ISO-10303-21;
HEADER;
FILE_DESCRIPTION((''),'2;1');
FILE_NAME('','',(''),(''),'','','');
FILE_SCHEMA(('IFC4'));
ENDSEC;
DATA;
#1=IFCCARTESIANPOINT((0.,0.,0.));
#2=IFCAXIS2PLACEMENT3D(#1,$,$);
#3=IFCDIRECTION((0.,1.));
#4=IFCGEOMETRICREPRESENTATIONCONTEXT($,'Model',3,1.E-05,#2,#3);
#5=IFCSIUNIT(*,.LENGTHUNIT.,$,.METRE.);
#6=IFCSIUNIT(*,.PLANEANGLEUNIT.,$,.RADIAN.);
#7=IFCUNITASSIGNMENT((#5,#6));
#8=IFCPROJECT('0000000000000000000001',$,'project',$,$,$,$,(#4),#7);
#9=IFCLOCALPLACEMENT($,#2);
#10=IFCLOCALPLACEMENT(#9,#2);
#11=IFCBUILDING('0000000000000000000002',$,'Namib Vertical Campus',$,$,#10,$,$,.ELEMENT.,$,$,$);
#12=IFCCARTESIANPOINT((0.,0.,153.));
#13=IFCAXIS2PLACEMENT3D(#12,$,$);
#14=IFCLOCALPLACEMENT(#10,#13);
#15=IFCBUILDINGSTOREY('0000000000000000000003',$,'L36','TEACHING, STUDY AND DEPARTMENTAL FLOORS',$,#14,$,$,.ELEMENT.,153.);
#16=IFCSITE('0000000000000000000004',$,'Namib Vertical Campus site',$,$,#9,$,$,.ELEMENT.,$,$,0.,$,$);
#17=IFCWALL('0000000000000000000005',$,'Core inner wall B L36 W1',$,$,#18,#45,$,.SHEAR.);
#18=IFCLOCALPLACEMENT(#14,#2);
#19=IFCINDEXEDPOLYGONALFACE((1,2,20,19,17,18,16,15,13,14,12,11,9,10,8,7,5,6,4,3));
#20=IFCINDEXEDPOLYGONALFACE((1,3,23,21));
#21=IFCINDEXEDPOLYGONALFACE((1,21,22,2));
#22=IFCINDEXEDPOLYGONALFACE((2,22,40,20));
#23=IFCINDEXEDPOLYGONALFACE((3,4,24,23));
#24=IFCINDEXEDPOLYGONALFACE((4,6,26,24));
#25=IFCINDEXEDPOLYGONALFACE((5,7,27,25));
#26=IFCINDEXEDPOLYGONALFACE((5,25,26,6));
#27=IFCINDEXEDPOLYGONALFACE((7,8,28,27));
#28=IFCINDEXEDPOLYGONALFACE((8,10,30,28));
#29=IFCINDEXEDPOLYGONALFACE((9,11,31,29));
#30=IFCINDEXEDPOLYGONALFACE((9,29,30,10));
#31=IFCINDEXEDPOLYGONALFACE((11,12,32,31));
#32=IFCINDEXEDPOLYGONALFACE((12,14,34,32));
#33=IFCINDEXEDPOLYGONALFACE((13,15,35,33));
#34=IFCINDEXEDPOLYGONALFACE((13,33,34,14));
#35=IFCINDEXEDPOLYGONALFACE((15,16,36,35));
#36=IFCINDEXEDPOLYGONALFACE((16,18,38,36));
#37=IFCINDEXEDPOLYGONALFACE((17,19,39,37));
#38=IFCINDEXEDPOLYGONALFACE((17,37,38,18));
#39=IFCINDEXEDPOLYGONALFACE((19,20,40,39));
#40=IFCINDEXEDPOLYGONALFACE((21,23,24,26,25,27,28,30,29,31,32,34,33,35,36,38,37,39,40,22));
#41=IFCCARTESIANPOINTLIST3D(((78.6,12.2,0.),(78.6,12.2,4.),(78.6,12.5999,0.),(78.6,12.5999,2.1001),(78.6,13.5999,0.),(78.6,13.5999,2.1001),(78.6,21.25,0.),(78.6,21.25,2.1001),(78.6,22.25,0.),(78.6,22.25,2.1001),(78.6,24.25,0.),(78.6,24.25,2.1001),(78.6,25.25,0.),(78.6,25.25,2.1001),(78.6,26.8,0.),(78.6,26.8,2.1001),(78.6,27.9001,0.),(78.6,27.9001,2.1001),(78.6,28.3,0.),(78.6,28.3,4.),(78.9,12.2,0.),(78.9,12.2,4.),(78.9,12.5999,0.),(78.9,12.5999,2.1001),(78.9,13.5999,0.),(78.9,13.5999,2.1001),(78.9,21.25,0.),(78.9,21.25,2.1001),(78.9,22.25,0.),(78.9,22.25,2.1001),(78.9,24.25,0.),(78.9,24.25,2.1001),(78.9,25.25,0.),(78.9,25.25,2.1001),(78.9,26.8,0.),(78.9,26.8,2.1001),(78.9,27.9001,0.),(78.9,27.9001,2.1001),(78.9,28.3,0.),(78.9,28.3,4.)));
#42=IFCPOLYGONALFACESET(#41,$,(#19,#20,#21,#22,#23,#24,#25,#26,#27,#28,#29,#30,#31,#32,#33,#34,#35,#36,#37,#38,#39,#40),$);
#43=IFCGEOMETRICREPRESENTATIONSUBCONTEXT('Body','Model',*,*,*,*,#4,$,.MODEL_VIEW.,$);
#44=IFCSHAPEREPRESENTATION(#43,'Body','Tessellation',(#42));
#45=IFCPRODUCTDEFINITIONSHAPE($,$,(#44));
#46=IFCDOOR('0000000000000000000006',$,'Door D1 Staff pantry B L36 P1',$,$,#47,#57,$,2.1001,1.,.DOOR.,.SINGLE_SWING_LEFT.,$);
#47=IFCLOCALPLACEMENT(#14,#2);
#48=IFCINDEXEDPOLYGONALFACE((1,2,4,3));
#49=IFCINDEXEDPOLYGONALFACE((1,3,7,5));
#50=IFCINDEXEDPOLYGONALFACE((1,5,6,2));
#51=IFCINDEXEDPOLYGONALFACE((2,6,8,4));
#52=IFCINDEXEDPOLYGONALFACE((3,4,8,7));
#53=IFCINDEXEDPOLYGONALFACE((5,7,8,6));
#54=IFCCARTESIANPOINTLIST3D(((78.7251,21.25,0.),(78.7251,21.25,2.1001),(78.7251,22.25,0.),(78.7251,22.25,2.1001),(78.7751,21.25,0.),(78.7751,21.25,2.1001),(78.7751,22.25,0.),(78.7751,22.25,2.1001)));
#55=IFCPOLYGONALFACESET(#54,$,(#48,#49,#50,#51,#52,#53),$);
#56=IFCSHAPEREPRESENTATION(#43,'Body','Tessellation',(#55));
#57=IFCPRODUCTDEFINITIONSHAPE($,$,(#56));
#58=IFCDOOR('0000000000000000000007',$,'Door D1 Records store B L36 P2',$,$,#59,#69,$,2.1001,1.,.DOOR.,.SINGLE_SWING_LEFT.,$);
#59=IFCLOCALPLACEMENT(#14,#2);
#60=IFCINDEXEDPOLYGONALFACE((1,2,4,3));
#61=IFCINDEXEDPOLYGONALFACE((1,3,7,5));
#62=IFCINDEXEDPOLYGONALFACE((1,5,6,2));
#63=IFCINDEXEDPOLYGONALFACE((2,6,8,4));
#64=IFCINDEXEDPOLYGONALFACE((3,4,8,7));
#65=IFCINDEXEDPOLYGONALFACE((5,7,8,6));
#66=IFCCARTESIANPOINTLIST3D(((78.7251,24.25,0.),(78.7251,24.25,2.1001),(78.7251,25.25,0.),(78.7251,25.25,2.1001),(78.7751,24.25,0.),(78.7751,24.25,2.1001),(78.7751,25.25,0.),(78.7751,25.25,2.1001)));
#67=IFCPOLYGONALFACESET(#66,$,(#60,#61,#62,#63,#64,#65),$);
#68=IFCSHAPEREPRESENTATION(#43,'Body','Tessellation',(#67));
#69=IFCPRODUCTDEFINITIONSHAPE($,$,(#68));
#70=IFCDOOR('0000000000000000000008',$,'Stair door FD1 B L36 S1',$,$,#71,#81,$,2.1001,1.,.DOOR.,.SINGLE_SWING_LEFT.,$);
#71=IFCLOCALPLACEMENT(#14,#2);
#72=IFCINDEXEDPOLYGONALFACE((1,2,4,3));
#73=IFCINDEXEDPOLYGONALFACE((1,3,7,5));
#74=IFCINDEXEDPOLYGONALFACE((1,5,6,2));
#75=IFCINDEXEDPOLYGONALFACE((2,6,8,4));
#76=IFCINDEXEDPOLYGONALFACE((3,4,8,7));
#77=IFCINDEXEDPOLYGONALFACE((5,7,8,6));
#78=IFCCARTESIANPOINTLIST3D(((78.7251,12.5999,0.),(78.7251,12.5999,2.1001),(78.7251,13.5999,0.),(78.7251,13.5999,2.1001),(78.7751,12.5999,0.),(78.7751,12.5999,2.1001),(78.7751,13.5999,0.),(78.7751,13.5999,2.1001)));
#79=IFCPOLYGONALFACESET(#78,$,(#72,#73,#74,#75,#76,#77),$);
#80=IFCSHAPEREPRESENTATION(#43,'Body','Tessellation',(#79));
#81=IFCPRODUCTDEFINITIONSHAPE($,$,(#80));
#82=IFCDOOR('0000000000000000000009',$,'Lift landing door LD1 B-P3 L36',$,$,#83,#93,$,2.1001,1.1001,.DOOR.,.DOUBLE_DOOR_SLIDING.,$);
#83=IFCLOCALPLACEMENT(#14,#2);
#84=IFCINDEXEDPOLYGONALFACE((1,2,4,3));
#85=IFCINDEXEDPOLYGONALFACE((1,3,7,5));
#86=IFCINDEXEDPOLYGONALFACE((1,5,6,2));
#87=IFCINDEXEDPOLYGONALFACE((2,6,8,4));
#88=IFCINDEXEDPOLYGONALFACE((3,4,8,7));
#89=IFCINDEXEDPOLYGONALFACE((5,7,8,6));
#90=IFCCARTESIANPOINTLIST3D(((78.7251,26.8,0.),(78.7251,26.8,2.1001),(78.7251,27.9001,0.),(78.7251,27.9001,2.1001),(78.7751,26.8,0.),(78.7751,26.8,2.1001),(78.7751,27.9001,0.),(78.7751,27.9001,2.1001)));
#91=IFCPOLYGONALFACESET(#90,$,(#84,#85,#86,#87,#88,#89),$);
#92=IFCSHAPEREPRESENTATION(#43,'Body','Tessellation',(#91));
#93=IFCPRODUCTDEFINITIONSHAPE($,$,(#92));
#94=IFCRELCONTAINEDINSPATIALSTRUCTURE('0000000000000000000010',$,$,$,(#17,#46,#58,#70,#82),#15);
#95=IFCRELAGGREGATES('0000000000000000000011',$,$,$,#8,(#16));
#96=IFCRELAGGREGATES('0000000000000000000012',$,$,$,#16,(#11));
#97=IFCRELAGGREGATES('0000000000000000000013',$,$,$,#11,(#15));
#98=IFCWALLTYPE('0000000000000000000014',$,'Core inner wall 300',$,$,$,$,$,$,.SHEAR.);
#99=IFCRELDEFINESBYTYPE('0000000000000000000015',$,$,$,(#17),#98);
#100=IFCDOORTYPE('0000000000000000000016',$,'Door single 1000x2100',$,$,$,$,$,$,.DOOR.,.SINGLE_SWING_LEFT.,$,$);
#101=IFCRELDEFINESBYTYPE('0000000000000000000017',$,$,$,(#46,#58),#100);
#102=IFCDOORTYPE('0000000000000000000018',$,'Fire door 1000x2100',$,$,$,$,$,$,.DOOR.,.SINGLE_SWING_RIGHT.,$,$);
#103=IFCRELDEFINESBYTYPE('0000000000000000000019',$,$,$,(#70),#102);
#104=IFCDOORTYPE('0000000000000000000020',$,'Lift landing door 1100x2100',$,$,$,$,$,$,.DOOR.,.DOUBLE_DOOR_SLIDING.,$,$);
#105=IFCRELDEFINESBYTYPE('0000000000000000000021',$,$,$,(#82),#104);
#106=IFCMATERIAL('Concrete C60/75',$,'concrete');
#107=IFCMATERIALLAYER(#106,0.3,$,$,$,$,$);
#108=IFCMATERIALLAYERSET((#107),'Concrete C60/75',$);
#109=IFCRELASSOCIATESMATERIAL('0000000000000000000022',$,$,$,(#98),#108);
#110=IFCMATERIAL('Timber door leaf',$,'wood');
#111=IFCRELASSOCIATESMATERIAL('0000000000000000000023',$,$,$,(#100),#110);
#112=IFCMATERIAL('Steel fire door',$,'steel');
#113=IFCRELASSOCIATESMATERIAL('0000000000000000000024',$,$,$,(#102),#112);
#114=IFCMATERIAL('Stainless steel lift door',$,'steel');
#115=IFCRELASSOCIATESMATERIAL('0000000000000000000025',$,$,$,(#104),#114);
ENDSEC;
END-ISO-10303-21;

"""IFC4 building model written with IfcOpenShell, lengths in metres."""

from ifc_helpers import new_model, si_unit, direction, frame, frame_2d, origin, place, context, subcontext, project, spatial, rectangle, extrude, material, layer, layer_set, type_object, element, fill, save


model = new_model("IFC4")

# Units and contexts
model_context = context("Model", 3, precision=1e-05, world=origin(), true_north=direction((0.0, 1.0)))
body_context = subcontext(model_context, "Body", "Model", "MODEL_VIEW")
ifc_project = project(units=[si_unit("LENGTHUNIT", "METRE"), si_unit("PLANEANGLEUNIT", "RADIAN")], contexts=[model_context])

# Site, building, storey
site_placement = place(None, origin())
site = spatial("IfcSite", under=ifc_project, at=site_placement, Name="Namib Vertical Campus site", CompositionType="ELEMENT", RefElevation=0.0)
building_placement = place(site_placement, origin())
building = spatial("IfcBuilding", under=site, at=building_placement, Name="Namib Vertical Campus", CompositionType="ELEMENT")
storey_placement = place(building_placement, frame((0.0, 0.0, 153.0)))
storey = spatial("IfcBuildingStorey", under=building, at=storey_placement, Name="L36", Description="TEACHING, STUDY AND DEPARTMENTAL FLOORS", CompositionType="ELEMENT", Elevation=153.0)

# Wall, openings, doors
ifc_material_1 = material(Name="Concrete C60/75", Category="concrete")
ifc_layer_1 = layer(ifc_material_1, 0.3)
ifc_layer_set_1 = layer_set([ifc_layer_1], Name="Concrete C60/75")
wall_type_1 = type_object("IfcWallType", Name="Core inner wall 300", PredefinedType="SHEAR", material=ifc_layer_set_1)
wall_1_placement = place(storey_placement, frame((78.75, 12.2, 0.0), z_axis=(0.0, 0.0, 1.0), x_axis=(0.0, 1.0, 0.0)))
wall_1 = element("IfcWall", 1, at=wall_1_placement, inside=storey, type_object=wall_type_1, Name="Core inner wall B L36 W1", PredefinedType="SHEAR", context=body_context, shape_type="SweptSolid", body=[
    extrude(rectangle(XDim=16.1001, YDim=0.3, at=frame_2d((8.05, 0.0))), origin(), (0.0, 0.0, 1.0), 4.0),
])
opening_1_placement = place(wall_1_placement, frame((0.3999, 0.0, 0.0)))
opening_1 = element("IfcOpeningElement", 2, at=opening_1_placement, cuts=wall_1, PredefinedType="OPENING", context=body_context, shape_type="SweptSolid", body=[
    extrude(rectangle(XDim=1.0, YDim=2.1001, at=frame_2d((0.5, 1.05))), frame((0.0, 0.1599, 0.0), z_axis=(0.0, -1.0, 0.0), x_axis=(1.0, 0.0, 0.0)), (0.0, 0.0, 1.0), 0.3201),
])
opening_2_placement = place(wall_1_placement, frame((14.6001, 0.0, 0.0)))
opening_2 = element("IfcOpeningElement", 3, at=opening_2_placement, cuts=wall_1, PredefinedType="OPENING", context=body_context, shape_type="SweptSolid", body=[
    extrude(rectangle(XDim=1.1001, YDim=2.1001, at=frame_2d((0.55, 1.05))), frame((0.0, 0.1599, 0.0), z_axis=(0.0, -1.0, 0.0), x_axis=(1.0, 0.0, 0.0)), (0.0, 0.0, 1.0), 0.3201),
])
opening_3_placement = place(wall_1_placement, frame((9.05, 0.0, 0.0)))
opening_3 = element("IfcOpeningElement", 4, at=opening_3_placement, cuts=wall_1, PredefinedType="OPENING", context=body_context, shape_type="SweptSolid", body=[
    extrude(rectangle(XDim=1.0, YDim=2.1001, at=frame_2d((0.5, 1.05))), frame((0.0, 0.1599, 0.0), z_axis=(0.0, -1.0, 0.0), x_axis=(1.0, 0.0, 0.0)), (0.0, 0.0, 1.0), 0.3201),
])
opening_4_placement = place(wall_1_placement, frame((12.05, 0.0, 0.0)))
opening_4 = element("IfcOpeningElement", 5, at=opening_4_placement, cuts=wall_1, PredefinedType="OPENING", context=body_context, shape_type="SweptSolid", body=[
    extrude(rectangle(XDim=1.0, YDim=2.1001, at=frame_2d((0.5, 1.05))), frame((0.0, 0.1599, 0.0), z_axis=(0.0, -1.0, 0.0), x_axis=(1.0, 0.0, 0.0)), (0.0, 0.0, 1.0), 0.3201),
])
ifc_material_2 = material(Name="Timber door leaf", Category="wood")
door_type_1 = type_object("IfcDoorType", Name="Door single 1000x2100", OperationType="SINGLE_SWING_LEFT", PredefinedType="DOOR", material=ifc_material_2)
door_1_placement = place(opening_3_placement, origin())
door_1 = element("IfcDoor", 6, at=door_1_placement, inside=storey, type_object=door_type_1, Name="Door D1 Staff pantry B L36 P1", OperationType="SINGLE_SWING_LEFT", OverallHeight=2.1001, OverallWidth=1.0, PredefinedType="DOOR", context=body_context, shape_type="SweptSolid", body=[
    extrude(rectangle(XDim=1.0, YDim=2.1001, at=frame_2d((0.5, 1.05))), frame((0.0, 0.0249, 0.0), z_axis=(0.0, -1.0, 0.0), x_axis=(1.0, 0.0, 0.0)), (0.0, 0.0, 1.0), 0.05),
])
fill(opening_3, door_1)
door_2_placement = place(opening_4_placement, origin())
door_2 = element("IfcDoor", 7, at=door_2_placement, inside=storey, type_object=door_type_1, Name="Door D1 Records store B L36 P2", OperationType="SINGLE_SWING_LEFT", OverallHeight=2.1001, OverallWidth=1.0, PredefinedType="DOOR", context=body_context, shape_type="SweptSolid", body=[
    extrude(rectangle(XDim=1.0, YDim=2.1001, at=frame_2d((0.5, 1.05))), frame((0.0, 0.0249, 0.0), z_axis=(0.0, -1.0, 0.0), x_axis=(1.0, 0.0, 0.0)), (0.0, 0.0, 1.0), 0.05),
])
fill(opening_4, door_2)
ifc_material_3 = material(Name="Steel fire door", Category="steel")
door_type_2 = type_object("IfcDoorType", Name="Fire door 1000x2100", OperationType="SINGLE_SWING_RIGHT", PredefinedType="DOOR", material=ifc_material_3)
door_3_placement = place(opening_1_placement, origin())
door_3 = element("IfcDoor", 8, at=door_3_placement, inside=storey, type_object=door_type_2, Name="Stair door FD1 B L36 S1", OperationType="SINGLE_SWING_LEFT", OverallHeight=2.1001, OverallWidth=1.0, PredefinedType="DOOR", context=body_context, shape_type="SweptSolid", body=[
    extrude(rectangle(XDim=1.0, YDim=2.1001, at=frame_2d((0.5, 1.05))), frame((0.0, 0.0249, 0.0), z_axis=(0.0, -1.0, 0.0), x_axis=(1.0, 0.0, 0.0)), (0.0, 0.0, 1.0), 0.05),
])
fill(opening_1, door_3)
ifc_material_4 = material(Name="Stainless steel lift door", Category="steel")
door_type_3 = type_object("IfcDoorType", Name="Lift landing door 1100x2100", OperationType="DOUBLE_DOOR_SLIDING", PredefinedType="DOOR", material=ifc_material_4)
door_4_placement = place(opening_2_placement, origin())
door_4 = element("IfcDoor", 9, at=door_4_placement, inside=storey, type_object=door_type_3, Name="Lift landing door LD1 B-P3 L36", OperationType="DOUBLE_DOOR_SLIDING", OverallHeight=2.1001, OverallWidth=1.1001, PredefinedType="DOOR", context=body_context, shape_type="SweptSolid", body=[
    extrude(rectangle(XDim=1.1001, YDim=2.1001, at=frame_2d((0.55, 1.05))), frame((0.0, 0.0249, 0.0), z_axis=(0.0, -1.0, 0.0), x_axis=(1.0, 0.0, 0.0)), (0.0, 0.0, 1.0), 0.05),
])
fill(opening_2, door_4)

save(model, "model.ifc")
